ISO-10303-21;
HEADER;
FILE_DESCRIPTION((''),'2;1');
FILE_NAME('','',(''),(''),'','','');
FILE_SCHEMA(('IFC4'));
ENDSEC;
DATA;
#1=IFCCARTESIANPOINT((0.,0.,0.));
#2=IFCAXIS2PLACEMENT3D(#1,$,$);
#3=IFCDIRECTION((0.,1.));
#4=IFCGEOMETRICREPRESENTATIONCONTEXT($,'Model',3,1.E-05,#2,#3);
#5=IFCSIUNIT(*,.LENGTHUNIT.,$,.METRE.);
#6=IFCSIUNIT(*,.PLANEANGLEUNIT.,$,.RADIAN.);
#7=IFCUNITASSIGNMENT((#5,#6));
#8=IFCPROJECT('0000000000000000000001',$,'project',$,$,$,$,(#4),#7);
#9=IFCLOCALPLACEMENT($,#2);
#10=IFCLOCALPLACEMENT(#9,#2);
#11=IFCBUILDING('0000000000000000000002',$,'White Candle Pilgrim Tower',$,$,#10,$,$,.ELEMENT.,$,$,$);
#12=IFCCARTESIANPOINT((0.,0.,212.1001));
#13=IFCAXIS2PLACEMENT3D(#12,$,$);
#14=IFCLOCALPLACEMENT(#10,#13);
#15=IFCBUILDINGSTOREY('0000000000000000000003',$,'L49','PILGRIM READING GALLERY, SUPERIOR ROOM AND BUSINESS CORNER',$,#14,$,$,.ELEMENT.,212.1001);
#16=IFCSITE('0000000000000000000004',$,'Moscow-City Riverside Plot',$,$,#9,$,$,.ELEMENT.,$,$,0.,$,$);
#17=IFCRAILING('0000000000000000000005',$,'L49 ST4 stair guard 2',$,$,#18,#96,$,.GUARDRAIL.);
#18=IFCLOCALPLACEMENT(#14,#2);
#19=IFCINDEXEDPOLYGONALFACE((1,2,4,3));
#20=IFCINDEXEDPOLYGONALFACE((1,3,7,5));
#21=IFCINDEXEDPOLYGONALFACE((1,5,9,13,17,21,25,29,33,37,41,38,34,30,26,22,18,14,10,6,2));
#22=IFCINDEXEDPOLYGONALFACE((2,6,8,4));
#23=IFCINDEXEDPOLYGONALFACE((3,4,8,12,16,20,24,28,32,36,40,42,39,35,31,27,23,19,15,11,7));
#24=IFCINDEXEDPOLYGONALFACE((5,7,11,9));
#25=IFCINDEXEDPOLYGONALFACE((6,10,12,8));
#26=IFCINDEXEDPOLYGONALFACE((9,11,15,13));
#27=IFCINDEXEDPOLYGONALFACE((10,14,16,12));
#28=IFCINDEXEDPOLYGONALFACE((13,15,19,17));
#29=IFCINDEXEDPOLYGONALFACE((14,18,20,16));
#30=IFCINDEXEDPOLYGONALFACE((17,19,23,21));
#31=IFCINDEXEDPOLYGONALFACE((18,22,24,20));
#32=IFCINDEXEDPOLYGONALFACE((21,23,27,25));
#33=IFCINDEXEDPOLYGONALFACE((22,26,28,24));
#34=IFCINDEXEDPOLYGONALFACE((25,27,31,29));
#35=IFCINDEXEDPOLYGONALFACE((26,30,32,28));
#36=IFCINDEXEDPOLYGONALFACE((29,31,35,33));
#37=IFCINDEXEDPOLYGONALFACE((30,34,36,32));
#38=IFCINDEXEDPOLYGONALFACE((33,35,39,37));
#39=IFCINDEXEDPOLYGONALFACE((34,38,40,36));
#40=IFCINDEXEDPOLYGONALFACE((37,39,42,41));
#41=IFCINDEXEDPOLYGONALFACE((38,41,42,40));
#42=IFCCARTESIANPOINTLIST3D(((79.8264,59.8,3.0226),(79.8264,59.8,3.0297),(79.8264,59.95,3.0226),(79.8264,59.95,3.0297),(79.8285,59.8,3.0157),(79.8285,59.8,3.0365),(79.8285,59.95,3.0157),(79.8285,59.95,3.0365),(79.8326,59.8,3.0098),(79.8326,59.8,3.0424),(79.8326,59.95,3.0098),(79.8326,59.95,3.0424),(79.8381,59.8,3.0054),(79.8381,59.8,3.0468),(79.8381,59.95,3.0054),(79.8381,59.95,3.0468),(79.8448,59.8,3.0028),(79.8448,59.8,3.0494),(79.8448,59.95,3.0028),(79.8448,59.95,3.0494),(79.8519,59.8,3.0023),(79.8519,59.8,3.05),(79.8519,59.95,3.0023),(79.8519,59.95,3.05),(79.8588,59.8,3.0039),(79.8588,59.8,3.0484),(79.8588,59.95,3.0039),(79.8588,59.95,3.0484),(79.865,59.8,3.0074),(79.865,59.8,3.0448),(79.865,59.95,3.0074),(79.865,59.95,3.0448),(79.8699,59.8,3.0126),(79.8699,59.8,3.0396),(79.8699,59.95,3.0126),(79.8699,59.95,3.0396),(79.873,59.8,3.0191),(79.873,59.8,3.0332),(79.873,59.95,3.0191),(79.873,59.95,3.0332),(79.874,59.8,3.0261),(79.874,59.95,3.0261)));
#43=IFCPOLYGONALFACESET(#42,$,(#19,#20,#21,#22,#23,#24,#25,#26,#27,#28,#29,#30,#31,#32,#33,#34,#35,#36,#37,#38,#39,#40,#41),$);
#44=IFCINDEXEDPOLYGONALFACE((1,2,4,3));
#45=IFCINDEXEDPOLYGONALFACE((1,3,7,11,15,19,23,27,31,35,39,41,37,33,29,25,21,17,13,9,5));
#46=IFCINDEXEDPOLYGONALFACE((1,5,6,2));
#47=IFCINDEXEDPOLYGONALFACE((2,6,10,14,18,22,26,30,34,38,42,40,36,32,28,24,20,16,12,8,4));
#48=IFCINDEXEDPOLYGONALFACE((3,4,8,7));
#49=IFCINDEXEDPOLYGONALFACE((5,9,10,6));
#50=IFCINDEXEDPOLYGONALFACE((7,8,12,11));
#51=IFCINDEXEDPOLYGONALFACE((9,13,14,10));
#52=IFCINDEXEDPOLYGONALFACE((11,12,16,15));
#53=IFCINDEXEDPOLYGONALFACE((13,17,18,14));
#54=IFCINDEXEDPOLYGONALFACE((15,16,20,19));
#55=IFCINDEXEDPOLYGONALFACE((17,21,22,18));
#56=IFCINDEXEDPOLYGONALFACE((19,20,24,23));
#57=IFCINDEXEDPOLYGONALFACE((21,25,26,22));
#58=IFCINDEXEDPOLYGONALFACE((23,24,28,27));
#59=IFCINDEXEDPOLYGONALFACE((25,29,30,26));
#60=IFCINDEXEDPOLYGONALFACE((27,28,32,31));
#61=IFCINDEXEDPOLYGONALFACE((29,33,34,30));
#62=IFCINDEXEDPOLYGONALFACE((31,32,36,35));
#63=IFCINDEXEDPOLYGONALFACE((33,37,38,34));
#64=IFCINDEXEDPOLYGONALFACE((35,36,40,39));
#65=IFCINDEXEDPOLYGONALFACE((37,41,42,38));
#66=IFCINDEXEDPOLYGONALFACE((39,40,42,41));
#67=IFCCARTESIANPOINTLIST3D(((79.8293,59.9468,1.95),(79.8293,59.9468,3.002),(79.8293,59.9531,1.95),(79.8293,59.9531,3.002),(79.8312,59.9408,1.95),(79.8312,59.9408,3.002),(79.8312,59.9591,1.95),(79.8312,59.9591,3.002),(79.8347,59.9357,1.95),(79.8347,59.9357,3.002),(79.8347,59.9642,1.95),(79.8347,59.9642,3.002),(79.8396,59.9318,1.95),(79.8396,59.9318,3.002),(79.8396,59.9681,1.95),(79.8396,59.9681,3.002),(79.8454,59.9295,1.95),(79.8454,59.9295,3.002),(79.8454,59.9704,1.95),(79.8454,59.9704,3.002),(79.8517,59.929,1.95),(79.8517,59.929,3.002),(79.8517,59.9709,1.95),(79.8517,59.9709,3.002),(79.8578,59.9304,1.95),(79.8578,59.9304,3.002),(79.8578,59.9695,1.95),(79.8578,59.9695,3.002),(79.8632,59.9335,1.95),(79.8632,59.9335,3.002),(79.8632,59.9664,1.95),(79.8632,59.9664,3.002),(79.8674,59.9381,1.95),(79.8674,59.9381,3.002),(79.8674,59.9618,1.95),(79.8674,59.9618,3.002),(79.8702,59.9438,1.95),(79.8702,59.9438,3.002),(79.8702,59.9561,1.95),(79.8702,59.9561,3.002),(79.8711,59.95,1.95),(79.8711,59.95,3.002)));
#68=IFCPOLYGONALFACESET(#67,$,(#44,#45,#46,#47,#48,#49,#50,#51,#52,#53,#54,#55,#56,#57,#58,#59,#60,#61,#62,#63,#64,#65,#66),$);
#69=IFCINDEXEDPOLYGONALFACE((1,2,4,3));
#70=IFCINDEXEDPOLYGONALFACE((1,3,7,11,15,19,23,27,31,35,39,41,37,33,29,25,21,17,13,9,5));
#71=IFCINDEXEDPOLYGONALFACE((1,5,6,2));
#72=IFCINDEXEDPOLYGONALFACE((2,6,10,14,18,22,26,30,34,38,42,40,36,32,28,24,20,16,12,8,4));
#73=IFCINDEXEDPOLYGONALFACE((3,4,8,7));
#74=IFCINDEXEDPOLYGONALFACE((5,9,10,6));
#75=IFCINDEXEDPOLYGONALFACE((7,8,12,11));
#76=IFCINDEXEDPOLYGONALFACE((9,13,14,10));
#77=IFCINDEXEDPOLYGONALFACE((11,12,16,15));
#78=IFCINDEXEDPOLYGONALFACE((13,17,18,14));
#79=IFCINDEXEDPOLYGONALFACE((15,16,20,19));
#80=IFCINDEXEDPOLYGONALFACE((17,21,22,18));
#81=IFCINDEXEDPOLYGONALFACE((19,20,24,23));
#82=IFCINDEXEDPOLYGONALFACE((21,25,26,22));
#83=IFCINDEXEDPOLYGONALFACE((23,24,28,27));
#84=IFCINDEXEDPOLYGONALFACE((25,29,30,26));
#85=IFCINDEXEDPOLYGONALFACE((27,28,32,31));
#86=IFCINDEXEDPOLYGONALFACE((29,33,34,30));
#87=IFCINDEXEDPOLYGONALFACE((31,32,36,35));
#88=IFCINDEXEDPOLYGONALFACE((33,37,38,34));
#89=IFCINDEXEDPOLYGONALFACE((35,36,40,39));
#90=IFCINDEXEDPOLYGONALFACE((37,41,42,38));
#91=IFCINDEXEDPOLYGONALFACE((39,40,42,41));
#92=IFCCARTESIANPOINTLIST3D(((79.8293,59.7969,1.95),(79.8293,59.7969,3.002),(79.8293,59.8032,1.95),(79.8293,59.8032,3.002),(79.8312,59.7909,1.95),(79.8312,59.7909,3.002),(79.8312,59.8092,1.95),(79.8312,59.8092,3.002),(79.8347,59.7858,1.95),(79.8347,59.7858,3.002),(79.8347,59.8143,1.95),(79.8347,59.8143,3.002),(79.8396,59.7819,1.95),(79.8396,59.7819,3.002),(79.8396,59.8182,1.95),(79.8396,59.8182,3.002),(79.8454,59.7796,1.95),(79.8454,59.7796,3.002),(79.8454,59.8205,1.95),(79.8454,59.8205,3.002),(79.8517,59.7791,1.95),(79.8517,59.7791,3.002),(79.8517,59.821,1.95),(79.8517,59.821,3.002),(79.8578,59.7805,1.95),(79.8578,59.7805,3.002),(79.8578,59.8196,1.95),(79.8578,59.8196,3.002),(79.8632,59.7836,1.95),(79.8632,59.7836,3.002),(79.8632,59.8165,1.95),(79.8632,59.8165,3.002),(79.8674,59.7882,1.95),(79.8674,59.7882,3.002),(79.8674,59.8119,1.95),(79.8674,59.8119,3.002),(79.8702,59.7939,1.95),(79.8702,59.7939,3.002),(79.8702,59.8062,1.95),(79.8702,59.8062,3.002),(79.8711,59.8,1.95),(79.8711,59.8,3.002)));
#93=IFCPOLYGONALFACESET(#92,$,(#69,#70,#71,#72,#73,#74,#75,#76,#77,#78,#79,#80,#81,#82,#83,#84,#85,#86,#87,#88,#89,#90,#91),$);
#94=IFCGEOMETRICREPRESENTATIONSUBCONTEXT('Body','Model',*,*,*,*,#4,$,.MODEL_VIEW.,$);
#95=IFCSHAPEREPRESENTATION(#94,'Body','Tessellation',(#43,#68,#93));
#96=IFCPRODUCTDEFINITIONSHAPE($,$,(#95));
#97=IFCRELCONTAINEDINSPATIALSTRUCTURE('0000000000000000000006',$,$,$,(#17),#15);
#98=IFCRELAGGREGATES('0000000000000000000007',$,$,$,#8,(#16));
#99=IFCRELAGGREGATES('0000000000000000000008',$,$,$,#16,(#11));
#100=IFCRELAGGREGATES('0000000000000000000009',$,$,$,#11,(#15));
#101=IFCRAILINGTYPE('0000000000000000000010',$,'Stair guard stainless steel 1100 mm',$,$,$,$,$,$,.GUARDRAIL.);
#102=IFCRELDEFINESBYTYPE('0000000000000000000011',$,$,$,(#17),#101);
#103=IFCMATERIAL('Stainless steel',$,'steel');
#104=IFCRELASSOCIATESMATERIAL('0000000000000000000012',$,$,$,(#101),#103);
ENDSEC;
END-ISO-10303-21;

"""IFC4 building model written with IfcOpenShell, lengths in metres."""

from ifc_helpers import new_model, si_unit, direction, frame, origin, origin_2d, place, context, subcontext, project, spatial, circle, extrude, material, type_object, element, save


model = new_model("IFC4")

# Units and contexts
model_context = context("Model", 3, precision=1e-05, world=origin(), true_north=direction((0.0, 1.0)))
body_context = subcontext(model_context, "Body", "Model", "MODEL_VIEW")
ifc_project = project(units=[si_unit("LENGTHUNIT", "METRE"), si_unit("PLANEANGLEUNIT", "RADIAN")], contexts=[model_context])

# Site, building, storey
site_placement = place(None, origin())
site = spatial("IfcSite", under=ifc_project, at=site_placement, Name="Moscow-City Riverside Plot", CompositionType="ELEMENT", RefElevation=0.0)
building_placement = place(site_placement, origin())
building = spatial("IfcBuilding", under=site, at=building_placement, Name="White Candle Pilgrim Tower", CompositionType="ELEMENT")
storey_placement = place(building_placement, frame((0.0, 0.0, 212.1001)))
storey = spatial("IfcBuildingStorey", under=building, at=storey_placement, Name="L49", Description="PILGRIM READING GALLERY, SUPERIOR ROOM AND BUSINESS CORNER", CompositionType="ELEMENT", Elevation=212.1001)

# Railing
ifc_material_1 = material(Name="Stainless steel", Category="steel")
railing_type_1 = type_object("IfcRailingType", Name="Stair guard stainless steel 1100 mm", PredefinedType="GUARDRAIL", material=ifc_material_1)
railing_1_placement = place(storey_placement, frame((79.8501, 59.95, 1.95)))
element("IfcRailing", 1, at=railing_1_placement, inside=storey, type_object=railing_type_1, Name="L49 ST4 stair guard 2", PredefinedType="GUARDRAIL", context=body_context, shape_type="SweptSolid", body=[
    extrude(circle(Radius=0.0239, at=origin_2d()), frame((0.0, 0.0, 1.0762), z_axis=(0.0, -1.0, 0.0), x_axis=(1.0, 0.0, 0.0)), (0.0, 0.0, 1.0), 0.1499),
    extrude(circle(Radius=0.021, at=origin_2d()), origin(), (0.0, 0.0, 1.0), 1.052),
    extrude(circle(Radius=0.021, at=origin_2d()), frame((0.0, -0.1499, 0.0)), (0.0, 0.0, 1.0), 1.052),
])

save(model, "model.ifc")
